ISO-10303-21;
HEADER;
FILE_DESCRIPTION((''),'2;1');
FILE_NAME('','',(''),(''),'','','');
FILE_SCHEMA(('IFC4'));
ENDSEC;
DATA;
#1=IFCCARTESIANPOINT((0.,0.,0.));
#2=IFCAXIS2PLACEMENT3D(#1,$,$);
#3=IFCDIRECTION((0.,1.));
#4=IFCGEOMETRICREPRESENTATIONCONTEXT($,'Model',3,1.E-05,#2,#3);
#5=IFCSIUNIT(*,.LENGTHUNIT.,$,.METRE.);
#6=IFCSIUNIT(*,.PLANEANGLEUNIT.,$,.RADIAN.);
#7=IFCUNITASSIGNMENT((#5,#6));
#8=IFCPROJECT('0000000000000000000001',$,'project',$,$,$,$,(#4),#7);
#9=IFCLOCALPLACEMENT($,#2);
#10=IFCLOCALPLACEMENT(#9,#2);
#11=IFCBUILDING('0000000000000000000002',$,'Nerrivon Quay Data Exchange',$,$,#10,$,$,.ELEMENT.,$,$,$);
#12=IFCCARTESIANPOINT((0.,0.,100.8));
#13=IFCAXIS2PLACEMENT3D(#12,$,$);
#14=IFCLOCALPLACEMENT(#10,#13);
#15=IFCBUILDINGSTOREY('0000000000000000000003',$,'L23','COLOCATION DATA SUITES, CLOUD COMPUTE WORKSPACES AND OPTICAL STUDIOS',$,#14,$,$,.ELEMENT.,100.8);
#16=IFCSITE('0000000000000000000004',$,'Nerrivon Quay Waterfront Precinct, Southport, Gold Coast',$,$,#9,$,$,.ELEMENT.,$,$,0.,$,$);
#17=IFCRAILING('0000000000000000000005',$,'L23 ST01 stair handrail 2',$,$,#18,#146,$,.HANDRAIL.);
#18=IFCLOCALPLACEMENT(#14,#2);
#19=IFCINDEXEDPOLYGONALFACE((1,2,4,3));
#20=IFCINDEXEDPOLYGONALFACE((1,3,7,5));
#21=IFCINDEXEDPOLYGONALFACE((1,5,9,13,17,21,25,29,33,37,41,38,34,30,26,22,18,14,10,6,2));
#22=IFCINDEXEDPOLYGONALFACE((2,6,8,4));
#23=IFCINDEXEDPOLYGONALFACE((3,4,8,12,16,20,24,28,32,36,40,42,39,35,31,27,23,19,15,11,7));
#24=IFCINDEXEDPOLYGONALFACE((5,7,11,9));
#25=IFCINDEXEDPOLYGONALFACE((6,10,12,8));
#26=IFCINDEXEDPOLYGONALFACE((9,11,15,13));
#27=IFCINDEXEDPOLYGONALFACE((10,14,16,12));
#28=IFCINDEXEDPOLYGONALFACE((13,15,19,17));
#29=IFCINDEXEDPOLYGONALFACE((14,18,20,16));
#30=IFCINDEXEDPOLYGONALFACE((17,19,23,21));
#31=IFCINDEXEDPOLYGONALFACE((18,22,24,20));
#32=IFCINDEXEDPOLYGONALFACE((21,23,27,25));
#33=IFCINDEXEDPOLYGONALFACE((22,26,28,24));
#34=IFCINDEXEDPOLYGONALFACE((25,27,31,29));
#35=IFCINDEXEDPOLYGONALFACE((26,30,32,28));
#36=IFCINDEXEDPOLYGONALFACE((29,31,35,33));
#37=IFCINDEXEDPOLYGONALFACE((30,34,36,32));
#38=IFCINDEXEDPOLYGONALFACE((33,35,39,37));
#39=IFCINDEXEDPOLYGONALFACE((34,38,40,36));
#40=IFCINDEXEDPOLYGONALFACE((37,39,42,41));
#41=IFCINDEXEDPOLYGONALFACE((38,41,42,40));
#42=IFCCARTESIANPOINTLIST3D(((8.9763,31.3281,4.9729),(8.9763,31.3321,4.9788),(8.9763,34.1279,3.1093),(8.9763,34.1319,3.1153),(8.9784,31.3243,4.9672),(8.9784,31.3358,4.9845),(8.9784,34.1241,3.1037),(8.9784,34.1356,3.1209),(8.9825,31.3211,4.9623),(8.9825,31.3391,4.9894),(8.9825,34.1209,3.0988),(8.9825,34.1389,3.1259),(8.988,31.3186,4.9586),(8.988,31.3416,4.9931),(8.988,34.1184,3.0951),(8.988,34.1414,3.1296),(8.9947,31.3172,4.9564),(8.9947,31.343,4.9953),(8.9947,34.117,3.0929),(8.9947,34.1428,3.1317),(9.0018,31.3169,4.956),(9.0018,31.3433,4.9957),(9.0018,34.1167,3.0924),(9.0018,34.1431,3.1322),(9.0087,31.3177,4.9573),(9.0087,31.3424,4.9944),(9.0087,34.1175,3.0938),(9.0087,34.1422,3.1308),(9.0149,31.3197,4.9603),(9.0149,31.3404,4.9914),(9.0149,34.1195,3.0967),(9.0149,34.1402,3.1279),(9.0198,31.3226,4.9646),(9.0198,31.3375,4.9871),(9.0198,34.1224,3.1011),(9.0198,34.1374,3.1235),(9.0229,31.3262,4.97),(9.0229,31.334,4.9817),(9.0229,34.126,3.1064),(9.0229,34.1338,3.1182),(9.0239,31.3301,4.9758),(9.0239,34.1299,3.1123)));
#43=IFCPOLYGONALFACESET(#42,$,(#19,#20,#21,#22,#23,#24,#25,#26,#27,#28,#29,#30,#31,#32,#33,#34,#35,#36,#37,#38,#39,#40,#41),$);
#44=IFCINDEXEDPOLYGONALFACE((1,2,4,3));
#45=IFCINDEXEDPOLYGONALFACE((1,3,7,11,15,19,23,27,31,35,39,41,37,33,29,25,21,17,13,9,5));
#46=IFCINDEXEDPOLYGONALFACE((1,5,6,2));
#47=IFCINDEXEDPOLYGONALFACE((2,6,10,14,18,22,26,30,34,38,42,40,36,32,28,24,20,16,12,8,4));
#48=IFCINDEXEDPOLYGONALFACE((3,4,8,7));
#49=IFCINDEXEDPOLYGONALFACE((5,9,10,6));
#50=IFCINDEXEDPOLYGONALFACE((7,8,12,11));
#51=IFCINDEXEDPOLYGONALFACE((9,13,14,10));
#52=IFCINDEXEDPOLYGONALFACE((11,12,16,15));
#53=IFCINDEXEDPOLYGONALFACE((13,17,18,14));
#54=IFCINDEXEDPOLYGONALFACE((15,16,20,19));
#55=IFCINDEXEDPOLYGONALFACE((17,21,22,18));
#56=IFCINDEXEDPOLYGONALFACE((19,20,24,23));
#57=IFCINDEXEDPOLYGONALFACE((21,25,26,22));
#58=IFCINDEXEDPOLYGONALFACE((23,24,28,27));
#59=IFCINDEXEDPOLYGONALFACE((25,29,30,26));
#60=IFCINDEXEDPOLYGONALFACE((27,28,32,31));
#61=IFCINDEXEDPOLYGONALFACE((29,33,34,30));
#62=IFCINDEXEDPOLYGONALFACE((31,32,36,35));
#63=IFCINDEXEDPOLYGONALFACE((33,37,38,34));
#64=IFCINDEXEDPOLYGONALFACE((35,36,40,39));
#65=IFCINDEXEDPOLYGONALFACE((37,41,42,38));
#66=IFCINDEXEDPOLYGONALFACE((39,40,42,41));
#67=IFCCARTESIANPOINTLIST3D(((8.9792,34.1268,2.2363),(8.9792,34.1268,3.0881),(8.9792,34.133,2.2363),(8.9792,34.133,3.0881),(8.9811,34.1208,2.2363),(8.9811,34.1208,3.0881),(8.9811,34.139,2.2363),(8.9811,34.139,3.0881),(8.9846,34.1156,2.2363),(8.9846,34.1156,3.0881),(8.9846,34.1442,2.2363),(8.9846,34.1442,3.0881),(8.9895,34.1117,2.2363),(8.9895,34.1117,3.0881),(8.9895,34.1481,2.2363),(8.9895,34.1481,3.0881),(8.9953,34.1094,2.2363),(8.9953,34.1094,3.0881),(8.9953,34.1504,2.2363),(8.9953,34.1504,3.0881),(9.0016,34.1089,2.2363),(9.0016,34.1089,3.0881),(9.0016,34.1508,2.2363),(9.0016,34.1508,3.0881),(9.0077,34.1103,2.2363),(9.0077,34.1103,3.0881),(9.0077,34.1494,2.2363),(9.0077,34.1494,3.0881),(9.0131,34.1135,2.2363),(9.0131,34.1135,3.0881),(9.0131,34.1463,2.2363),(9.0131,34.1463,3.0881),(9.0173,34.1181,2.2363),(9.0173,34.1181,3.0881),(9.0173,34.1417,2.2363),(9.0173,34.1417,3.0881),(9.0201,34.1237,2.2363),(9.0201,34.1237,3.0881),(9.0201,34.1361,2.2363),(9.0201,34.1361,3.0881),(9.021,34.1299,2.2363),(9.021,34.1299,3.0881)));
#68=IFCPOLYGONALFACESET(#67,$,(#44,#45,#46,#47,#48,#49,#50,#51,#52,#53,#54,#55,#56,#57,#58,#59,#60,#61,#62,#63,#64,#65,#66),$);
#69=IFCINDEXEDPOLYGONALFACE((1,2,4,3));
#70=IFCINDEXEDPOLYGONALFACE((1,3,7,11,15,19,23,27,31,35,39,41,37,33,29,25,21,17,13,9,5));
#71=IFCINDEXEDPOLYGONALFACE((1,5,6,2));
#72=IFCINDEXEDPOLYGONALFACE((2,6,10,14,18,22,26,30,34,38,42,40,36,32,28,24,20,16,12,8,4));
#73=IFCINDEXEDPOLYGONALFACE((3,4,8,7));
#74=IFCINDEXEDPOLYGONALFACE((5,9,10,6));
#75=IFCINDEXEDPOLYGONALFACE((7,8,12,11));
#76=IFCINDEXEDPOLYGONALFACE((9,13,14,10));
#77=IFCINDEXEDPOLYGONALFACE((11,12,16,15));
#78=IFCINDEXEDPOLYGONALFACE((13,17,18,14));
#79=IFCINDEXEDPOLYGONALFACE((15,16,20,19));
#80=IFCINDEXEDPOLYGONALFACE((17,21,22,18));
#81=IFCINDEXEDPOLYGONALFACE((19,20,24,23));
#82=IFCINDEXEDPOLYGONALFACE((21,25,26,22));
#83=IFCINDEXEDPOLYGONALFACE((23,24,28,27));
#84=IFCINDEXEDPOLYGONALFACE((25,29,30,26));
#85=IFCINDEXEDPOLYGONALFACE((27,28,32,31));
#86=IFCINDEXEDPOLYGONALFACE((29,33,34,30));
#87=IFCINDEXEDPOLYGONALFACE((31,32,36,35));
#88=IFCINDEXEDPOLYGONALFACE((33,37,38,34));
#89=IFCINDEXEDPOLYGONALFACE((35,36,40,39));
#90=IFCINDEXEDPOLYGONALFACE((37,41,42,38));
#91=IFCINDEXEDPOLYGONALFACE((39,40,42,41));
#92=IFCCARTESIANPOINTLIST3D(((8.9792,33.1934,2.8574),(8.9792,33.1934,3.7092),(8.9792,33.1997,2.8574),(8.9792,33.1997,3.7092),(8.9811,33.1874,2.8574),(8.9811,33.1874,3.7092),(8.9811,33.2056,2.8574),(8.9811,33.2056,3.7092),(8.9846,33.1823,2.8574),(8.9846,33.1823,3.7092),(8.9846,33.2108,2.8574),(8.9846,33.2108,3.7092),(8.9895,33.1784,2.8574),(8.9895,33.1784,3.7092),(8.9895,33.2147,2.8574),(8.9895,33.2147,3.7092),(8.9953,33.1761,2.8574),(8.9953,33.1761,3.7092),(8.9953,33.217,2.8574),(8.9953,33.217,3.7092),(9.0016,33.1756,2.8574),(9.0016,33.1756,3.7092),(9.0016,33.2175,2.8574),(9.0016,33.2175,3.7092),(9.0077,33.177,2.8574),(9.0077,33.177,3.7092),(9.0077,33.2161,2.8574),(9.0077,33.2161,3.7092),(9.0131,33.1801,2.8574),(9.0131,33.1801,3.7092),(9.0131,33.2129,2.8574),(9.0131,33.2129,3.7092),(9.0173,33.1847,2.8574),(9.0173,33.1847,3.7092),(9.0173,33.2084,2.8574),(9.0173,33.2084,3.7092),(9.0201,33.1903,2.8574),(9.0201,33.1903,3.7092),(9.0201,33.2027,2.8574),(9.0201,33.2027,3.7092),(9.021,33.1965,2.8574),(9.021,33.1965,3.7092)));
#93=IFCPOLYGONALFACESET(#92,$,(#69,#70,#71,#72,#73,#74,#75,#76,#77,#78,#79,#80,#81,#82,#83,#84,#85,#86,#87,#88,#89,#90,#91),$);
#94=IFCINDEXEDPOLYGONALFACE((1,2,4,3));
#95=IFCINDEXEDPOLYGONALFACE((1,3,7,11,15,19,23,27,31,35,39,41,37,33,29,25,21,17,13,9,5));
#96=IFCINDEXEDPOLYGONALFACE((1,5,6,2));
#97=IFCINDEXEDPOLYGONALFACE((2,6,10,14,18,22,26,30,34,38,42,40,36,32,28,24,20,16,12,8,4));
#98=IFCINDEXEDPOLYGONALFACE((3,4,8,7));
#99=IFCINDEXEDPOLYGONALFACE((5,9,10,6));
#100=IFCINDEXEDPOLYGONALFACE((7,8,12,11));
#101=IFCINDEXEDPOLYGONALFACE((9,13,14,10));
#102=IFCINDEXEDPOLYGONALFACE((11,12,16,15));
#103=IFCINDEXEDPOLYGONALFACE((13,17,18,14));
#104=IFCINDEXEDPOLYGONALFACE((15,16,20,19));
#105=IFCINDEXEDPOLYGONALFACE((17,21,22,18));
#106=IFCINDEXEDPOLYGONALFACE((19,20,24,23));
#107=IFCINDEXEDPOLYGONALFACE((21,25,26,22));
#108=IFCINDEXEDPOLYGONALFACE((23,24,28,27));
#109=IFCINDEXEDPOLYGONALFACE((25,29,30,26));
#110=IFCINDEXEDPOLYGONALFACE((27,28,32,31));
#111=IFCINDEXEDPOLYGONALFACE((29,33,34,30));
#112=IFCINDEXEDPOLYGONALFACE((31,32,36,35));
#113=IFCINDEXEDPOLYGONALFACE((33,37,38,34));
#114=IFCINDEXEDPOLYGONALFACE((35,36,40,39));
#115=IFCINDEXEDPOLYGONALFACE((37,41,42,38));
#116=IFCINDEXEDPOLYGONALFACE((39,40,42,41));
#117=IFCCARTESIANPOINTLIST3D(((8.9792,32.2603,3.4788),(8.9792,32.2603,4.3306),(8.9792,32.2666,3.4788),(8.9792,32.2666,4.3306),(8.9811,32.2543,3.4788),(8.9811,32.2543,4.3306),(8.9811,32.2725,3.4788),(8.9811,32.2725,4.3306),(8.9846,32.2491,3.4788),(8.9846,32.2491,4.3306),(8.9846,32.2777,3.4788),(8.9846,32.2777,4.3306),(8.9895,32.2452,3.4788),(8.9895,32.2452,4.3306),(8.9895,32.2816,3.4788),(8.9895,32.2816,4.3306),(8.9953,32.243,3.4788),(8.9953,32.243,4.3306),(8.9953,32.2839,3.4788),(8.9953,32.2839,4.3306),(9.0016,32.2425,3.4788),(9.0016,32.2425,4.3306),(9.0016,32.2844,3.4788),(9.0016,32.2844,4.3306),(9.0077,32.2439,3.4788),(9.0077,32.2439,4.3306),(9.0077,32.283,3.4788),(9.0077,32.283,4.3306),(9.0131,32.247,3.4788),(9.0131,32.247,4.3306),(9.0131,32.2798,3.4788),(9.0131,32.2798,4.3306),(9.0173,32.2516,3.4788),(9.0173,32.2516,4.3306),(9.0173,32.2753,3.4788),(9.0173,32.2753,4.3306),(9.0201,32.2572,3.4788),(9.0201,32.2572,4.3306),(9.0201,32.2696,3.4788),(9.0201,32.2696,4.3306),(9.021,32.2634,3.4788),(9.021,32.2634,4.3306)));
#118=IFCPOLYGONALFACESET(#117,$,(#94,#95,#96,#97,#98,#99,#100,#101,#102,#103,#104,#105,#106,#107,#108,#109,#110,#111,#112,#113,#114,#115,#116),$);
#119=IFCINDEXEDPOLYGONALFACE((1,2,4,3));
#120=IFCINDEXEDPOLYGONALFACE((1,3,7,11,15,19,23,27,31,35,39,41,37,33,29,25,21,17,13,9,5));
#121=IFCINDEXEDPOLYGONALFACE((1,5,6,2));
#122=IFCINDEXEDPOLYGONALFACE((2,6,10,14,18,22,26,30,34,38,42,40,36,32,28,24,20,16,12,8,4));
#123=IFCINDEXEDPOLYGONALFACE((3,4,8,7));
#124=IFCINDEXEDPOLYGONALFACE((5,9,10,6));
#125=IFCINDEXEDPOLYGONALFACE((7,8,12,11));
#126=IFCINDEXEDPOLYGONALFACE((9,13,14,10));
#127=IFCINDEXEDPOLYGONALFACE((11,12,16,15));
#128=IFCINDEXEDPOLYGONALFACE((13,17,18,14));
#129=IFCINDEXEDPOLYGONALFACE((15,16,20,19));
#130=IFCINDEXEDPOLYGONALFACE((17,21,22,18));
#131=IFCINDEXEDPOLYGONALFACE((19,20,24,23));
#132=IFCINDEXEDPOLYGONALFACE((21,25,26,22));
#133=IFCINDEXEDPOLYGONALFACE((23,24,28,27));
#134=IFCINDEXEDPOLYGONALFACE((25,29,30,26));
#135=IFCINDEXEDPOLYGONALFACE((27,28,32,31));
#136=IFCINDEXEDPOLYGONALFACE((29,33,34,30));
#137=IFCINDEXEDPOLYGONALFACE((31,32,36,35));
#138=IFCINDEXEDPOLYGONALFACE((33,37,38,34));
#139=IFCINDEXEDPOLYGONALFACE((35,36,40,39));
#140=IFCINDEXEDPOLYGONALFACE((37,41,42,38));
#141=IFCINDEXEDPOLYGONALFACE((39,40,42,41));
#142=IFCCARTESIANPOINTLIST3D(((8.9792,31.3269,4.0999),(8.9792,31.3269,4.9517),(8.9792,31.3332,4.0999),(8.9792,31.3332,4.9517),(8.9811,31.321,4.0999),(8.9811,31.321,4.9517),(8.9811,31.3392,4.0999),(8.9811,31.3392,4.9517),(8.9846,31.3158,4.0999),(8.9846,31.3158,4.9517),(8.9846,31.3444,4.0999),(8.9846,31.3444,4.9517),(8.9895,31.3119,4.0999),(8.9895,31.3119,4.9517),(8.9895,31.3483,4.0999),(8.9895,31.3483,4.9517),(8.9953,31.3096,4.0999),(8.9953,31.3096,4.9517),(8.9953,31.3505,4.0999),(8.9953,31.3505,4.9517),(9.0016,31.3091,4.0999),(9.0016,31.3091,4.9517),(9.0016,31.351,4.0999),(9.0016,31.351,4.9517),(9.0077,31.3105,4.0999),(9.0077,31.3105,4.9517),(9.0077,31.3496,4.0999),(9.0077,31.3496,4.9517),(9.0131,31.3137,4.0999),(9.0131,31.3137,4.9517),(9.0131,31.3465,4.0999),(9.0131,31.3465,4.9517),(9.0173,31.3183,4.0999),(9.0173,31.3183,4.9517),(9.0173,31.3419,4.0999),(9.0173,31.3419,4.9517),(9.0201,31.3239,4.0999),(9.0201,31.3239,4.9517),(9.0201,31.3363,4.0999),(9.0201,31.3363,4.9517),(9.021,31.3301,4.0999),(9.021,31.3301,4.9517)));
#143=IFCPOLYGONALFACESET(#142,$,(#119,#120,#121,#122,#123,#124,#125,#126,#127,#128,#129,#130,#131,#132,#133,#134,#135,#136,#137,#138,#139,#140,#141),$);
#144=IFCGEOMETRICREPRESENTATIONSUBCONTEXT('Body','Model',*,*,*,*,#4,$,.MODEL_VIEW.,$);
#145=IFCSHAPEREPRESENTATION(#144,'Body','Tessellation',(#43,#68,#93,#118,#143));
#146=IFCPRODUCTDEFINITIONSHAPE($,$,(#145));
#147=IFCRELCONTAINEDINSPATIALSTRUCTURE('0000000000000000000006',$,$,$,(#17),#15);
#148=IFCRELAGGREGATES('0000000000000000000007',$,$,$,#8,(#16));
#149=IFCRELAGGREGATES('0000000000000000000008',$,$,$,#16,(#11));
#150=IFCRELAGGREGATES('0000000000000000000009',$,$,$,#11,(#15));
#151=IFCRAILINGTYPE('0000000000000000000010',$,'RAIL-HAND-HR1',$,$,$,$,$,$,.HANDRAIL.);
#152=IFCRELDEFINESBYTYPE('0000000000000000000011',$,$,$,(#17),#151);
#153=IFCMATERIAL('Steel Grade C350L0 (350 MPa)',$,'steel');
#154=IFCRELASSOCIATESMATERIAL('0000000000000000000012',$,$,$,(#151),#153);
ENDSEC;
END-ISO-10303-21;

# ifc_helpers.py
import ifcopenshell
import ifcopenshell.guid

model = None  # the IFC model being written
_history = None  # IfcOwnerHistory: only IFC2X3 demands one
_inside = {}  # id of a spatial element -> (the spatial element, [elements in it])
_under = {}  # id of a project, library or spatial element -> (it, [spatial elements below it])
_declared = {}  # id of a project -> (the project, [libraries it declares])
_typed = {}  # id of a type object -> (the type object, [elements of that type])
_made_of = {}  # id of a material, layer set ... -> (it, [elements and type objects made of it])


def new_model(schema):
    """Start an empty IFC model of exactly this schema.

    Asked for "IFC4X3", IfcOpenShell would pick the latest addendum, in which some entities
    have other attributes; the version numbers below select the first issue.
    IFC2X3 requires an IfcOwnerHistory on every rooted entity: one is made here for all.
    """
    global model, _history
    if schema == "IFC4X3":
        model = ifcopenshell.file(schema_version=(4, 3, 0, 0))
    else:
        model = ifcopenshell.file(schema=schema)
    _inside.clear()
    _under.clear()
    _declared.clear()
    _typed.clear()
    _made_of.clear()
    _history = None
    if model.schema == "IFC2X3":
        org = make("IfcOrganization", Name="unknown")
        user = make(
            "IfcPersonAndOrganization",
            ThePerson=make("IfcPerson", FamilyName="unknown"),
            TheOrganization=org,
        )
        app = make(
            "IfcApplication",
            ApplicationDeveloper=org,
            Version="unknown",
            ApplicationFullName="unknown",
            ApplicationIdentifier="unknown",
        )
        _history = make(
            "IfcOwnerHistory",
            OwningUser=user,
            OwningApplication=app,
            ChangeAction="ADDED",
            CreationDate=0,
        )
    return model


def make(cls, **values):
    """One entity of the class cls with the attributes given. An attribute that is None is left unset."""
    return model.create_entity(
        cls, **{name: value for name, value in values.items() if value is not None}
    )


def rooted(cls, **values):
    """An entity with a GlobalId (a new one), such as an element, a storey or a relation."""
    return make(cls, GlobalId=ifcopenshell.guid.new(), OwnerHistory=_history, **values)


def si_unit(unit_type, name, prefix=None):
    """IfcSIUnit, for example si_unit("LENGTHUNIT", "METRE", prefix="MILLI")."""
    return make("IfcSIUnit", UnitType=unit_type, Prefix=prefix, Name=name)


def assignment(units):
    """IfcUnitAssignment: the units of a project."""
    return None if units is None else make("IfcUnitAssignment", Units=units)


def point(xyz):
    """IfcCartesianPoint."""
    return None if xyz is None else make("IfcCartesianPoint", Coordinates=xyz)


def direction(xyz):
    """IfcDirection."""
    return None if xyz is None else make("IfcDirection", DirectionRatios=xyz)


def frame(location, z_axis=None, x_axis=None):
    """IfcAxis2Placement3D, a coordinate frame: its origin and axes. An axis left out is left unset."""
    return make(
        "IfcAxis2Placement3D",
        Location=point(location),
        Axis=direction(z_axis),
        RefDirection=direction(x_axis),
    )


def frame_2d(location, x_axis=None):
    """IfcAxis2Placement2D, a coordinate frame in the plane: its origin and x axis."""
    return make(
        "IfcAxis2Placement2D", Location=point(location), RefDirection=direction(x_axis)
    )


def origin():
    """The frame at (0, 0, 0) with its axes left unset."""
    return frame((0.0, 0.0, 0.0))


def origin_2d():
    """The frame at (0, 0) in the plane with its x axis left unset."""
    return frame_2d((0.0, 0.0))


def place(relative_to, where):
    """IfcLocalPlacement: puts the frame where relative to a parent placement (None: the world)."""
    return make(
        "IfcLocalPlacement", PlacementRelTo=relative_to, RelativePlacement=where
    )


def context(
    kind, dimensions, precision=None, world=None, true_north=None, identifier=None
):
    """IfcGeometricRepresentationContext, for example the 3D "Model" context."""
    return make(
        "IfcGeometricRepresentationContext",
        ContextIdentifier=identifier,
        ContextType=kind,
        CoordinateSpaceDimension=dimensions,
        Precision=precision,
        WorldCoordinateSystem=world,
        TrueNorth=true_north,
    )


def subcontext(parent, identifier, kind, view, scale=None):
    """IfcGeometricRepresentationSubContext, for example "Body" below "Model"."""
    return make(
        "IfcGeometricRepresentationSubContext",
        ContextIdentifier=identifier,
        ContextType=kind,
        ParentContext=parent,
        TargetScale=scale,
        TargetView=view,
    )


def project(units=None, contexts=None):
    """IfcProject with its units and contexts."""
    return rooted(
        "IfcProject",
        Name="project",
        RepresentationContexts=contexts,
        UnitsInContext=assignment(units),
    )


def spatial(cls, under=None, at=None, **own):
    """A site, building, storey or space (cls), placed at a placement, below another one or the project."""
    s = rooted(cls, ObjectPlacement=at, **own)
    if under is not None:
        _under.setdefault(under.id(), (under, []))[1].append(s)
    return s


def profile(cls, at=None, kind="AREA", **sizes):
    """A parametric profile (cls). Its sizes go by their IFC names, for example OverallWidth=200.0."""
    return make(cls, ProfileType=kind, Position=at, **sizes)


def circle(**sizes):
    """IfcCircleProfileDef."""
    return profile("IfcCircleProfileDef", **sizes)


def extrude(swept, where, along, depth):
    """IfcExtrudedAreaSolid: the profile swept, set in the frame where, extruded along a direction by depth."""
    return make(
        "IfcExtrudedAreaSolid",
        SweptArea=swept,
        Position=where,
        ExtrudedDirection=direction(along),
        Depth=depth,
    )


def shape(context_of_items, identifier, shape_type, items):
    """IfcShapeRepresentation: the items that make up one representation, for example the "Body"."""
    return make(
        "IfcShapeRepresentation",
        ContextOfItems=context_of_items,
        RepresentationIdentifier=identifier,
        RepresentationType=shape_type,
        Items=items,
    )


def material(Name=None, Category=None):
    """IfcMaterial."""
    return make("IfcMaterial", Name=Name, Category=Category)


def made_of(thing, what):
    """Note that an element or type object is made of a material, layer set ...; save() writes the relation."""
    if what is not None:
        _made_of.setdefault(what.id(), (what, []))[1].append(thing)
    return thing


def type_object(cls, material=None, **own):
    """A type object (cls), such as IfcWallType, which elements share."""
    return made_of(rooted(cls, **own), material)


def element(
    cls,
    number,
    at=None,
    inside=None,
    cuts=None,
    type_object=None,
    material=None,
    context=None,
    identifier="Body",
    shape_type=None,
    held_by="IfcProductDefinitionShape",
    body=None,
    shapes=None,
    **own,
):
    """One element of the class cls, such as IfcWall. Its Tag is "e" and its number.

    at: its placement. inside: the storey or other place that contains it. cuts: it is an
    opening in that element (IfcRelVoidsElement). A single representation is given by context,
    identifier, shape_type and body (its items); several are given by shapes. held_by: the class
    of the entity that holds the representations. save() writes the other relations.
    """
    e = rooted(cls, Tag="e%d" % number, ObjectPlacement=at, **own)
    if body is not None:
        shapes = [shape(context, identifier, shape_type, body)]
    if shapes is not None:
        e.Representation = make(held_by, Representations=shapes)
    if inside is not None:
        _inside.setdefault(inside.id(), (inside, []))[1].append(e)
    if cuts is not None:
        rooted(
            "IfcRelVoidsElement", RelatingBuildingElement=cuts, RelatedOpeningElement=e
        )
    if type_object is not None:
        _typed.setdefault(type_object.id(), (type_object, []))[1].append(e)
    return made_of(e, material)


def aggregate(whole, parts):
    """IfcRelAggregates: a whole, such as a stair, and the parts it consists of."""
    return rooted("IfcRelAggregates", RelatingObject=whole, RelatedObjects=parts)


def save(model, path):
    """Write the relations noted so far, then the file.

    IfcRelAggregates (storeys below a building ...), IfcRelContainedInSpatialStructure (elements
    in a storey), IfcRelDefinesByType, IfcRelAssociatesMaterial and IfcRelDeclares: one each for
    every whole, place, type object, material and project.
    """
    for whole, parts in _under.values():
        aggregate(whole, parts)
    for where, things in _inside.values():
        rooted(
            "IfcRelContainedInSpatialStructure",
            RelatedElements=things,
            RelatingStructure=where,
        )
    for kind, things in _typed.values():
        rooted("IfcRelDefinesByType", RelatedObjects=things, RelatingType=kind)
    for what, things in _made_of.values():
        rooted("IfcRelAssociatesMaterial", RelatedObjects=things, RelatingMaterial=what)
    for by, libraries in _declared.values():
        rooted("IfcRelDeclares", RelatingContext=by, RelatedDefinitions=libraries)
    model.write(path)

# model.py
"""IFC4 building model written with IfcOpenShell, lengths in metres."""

from ifc_helpers import new_model, si_unit, direction, frame, origin, origin_2d, place, context, subcontext, project, spatial, circle, extrude, material, type_object, element, save


model = new_model("IFC4")

# Units and contexts
model_context = context("Model", 3, precision=1e-05, world=origin(), true_north=direction((0.0, 1.0)))
body_context = subcontext(model_context, "Body", "Model", "MODEL_VIEW")
ifc_project = project(units=[si_unit("LENGTHUNIT", "METRE"), si_unit("PLANEANGLEUNIT", "RADIAN")], contexts=[model_context])

# Site, building, storey
site_placement = place(None, origin())
site = spatial("IfcSite", under=ifc_project, at=site_placement, Name="Nerrivon Quay Waterfront Precinct, Southport, Gold Coast", CompositionType="ELEMENT", RefElevation=0.0)
building_placement = place(site_placement, origin())
building = spatial("IfcBuilding", under=site, at=building_placement, Name="Nerrivon Quay Data Exchange", CompositionType="ELEMENT")
storey_placement = place(building_placement, frame((0.0, 0.0, 100.8)))
storey = spatial("IfcBuildingStorey", under=building, at=storey_placement, Name="L23", Description="COLOCATION DATA SUITES, CLOUD COMPUTE WORKSPACES AND OPTICAL STUDIOS", CompositionType="ELEMENT", Elevation=100.8)

# Railing
ifc_material_1 = material(Name="Steel Grade C350L0 (350 MPa)", Category="steel")
railing_type = type_object("IfcRailingType", Name="RAIL-HAND-HR1", PredefinedType="HANDRAIL", material=ifc_material_1)
railing_placement = place(storey_placement, frame((9.0, 34.1299, 2.2363)))
element("IfcRailing", 1, at=railing_placement, inside=storey, type_object=railing_type, Name="L23 ST01 stair handrail 2", PredefinedType="HANDRAIL", context=body_context, shape_type="SweptSolid", body=[
    extrude(circle(Radius=0.0239, at=origin_2d()), frame((0.0, 0.0, 0.876), z_axis=(0.0, -0.832463, 0.55408), x_axis=(1.0, 0.0, 0.0)), (0.0, 0.0, 1.0), 3.3633),
    extrude(circle(Radius=0.021, at=origin_2d()), origin(), (0.0, 0.0, 1.0), 0.8518),
    extrude(circle(Radius=0.021, at=origin_2d()), frame((0.0, -0.9333, 0.6211)), (0.0, 0.0, 1.0), 0.8518),
    extrude(circle(Radius=0.021, at=origin_2d()), frame((0.0, -1.8665, 1.2424)), (0.0, 0.0, 1.0), 0.8518),
    extrude(circle(Radius=0.021, at=origin_2d()), frame((0.0, -2.7998, 1.8635)), (0.0, 0.0, 1.0), 0.8518),
])

save(model, "model.ifc")
